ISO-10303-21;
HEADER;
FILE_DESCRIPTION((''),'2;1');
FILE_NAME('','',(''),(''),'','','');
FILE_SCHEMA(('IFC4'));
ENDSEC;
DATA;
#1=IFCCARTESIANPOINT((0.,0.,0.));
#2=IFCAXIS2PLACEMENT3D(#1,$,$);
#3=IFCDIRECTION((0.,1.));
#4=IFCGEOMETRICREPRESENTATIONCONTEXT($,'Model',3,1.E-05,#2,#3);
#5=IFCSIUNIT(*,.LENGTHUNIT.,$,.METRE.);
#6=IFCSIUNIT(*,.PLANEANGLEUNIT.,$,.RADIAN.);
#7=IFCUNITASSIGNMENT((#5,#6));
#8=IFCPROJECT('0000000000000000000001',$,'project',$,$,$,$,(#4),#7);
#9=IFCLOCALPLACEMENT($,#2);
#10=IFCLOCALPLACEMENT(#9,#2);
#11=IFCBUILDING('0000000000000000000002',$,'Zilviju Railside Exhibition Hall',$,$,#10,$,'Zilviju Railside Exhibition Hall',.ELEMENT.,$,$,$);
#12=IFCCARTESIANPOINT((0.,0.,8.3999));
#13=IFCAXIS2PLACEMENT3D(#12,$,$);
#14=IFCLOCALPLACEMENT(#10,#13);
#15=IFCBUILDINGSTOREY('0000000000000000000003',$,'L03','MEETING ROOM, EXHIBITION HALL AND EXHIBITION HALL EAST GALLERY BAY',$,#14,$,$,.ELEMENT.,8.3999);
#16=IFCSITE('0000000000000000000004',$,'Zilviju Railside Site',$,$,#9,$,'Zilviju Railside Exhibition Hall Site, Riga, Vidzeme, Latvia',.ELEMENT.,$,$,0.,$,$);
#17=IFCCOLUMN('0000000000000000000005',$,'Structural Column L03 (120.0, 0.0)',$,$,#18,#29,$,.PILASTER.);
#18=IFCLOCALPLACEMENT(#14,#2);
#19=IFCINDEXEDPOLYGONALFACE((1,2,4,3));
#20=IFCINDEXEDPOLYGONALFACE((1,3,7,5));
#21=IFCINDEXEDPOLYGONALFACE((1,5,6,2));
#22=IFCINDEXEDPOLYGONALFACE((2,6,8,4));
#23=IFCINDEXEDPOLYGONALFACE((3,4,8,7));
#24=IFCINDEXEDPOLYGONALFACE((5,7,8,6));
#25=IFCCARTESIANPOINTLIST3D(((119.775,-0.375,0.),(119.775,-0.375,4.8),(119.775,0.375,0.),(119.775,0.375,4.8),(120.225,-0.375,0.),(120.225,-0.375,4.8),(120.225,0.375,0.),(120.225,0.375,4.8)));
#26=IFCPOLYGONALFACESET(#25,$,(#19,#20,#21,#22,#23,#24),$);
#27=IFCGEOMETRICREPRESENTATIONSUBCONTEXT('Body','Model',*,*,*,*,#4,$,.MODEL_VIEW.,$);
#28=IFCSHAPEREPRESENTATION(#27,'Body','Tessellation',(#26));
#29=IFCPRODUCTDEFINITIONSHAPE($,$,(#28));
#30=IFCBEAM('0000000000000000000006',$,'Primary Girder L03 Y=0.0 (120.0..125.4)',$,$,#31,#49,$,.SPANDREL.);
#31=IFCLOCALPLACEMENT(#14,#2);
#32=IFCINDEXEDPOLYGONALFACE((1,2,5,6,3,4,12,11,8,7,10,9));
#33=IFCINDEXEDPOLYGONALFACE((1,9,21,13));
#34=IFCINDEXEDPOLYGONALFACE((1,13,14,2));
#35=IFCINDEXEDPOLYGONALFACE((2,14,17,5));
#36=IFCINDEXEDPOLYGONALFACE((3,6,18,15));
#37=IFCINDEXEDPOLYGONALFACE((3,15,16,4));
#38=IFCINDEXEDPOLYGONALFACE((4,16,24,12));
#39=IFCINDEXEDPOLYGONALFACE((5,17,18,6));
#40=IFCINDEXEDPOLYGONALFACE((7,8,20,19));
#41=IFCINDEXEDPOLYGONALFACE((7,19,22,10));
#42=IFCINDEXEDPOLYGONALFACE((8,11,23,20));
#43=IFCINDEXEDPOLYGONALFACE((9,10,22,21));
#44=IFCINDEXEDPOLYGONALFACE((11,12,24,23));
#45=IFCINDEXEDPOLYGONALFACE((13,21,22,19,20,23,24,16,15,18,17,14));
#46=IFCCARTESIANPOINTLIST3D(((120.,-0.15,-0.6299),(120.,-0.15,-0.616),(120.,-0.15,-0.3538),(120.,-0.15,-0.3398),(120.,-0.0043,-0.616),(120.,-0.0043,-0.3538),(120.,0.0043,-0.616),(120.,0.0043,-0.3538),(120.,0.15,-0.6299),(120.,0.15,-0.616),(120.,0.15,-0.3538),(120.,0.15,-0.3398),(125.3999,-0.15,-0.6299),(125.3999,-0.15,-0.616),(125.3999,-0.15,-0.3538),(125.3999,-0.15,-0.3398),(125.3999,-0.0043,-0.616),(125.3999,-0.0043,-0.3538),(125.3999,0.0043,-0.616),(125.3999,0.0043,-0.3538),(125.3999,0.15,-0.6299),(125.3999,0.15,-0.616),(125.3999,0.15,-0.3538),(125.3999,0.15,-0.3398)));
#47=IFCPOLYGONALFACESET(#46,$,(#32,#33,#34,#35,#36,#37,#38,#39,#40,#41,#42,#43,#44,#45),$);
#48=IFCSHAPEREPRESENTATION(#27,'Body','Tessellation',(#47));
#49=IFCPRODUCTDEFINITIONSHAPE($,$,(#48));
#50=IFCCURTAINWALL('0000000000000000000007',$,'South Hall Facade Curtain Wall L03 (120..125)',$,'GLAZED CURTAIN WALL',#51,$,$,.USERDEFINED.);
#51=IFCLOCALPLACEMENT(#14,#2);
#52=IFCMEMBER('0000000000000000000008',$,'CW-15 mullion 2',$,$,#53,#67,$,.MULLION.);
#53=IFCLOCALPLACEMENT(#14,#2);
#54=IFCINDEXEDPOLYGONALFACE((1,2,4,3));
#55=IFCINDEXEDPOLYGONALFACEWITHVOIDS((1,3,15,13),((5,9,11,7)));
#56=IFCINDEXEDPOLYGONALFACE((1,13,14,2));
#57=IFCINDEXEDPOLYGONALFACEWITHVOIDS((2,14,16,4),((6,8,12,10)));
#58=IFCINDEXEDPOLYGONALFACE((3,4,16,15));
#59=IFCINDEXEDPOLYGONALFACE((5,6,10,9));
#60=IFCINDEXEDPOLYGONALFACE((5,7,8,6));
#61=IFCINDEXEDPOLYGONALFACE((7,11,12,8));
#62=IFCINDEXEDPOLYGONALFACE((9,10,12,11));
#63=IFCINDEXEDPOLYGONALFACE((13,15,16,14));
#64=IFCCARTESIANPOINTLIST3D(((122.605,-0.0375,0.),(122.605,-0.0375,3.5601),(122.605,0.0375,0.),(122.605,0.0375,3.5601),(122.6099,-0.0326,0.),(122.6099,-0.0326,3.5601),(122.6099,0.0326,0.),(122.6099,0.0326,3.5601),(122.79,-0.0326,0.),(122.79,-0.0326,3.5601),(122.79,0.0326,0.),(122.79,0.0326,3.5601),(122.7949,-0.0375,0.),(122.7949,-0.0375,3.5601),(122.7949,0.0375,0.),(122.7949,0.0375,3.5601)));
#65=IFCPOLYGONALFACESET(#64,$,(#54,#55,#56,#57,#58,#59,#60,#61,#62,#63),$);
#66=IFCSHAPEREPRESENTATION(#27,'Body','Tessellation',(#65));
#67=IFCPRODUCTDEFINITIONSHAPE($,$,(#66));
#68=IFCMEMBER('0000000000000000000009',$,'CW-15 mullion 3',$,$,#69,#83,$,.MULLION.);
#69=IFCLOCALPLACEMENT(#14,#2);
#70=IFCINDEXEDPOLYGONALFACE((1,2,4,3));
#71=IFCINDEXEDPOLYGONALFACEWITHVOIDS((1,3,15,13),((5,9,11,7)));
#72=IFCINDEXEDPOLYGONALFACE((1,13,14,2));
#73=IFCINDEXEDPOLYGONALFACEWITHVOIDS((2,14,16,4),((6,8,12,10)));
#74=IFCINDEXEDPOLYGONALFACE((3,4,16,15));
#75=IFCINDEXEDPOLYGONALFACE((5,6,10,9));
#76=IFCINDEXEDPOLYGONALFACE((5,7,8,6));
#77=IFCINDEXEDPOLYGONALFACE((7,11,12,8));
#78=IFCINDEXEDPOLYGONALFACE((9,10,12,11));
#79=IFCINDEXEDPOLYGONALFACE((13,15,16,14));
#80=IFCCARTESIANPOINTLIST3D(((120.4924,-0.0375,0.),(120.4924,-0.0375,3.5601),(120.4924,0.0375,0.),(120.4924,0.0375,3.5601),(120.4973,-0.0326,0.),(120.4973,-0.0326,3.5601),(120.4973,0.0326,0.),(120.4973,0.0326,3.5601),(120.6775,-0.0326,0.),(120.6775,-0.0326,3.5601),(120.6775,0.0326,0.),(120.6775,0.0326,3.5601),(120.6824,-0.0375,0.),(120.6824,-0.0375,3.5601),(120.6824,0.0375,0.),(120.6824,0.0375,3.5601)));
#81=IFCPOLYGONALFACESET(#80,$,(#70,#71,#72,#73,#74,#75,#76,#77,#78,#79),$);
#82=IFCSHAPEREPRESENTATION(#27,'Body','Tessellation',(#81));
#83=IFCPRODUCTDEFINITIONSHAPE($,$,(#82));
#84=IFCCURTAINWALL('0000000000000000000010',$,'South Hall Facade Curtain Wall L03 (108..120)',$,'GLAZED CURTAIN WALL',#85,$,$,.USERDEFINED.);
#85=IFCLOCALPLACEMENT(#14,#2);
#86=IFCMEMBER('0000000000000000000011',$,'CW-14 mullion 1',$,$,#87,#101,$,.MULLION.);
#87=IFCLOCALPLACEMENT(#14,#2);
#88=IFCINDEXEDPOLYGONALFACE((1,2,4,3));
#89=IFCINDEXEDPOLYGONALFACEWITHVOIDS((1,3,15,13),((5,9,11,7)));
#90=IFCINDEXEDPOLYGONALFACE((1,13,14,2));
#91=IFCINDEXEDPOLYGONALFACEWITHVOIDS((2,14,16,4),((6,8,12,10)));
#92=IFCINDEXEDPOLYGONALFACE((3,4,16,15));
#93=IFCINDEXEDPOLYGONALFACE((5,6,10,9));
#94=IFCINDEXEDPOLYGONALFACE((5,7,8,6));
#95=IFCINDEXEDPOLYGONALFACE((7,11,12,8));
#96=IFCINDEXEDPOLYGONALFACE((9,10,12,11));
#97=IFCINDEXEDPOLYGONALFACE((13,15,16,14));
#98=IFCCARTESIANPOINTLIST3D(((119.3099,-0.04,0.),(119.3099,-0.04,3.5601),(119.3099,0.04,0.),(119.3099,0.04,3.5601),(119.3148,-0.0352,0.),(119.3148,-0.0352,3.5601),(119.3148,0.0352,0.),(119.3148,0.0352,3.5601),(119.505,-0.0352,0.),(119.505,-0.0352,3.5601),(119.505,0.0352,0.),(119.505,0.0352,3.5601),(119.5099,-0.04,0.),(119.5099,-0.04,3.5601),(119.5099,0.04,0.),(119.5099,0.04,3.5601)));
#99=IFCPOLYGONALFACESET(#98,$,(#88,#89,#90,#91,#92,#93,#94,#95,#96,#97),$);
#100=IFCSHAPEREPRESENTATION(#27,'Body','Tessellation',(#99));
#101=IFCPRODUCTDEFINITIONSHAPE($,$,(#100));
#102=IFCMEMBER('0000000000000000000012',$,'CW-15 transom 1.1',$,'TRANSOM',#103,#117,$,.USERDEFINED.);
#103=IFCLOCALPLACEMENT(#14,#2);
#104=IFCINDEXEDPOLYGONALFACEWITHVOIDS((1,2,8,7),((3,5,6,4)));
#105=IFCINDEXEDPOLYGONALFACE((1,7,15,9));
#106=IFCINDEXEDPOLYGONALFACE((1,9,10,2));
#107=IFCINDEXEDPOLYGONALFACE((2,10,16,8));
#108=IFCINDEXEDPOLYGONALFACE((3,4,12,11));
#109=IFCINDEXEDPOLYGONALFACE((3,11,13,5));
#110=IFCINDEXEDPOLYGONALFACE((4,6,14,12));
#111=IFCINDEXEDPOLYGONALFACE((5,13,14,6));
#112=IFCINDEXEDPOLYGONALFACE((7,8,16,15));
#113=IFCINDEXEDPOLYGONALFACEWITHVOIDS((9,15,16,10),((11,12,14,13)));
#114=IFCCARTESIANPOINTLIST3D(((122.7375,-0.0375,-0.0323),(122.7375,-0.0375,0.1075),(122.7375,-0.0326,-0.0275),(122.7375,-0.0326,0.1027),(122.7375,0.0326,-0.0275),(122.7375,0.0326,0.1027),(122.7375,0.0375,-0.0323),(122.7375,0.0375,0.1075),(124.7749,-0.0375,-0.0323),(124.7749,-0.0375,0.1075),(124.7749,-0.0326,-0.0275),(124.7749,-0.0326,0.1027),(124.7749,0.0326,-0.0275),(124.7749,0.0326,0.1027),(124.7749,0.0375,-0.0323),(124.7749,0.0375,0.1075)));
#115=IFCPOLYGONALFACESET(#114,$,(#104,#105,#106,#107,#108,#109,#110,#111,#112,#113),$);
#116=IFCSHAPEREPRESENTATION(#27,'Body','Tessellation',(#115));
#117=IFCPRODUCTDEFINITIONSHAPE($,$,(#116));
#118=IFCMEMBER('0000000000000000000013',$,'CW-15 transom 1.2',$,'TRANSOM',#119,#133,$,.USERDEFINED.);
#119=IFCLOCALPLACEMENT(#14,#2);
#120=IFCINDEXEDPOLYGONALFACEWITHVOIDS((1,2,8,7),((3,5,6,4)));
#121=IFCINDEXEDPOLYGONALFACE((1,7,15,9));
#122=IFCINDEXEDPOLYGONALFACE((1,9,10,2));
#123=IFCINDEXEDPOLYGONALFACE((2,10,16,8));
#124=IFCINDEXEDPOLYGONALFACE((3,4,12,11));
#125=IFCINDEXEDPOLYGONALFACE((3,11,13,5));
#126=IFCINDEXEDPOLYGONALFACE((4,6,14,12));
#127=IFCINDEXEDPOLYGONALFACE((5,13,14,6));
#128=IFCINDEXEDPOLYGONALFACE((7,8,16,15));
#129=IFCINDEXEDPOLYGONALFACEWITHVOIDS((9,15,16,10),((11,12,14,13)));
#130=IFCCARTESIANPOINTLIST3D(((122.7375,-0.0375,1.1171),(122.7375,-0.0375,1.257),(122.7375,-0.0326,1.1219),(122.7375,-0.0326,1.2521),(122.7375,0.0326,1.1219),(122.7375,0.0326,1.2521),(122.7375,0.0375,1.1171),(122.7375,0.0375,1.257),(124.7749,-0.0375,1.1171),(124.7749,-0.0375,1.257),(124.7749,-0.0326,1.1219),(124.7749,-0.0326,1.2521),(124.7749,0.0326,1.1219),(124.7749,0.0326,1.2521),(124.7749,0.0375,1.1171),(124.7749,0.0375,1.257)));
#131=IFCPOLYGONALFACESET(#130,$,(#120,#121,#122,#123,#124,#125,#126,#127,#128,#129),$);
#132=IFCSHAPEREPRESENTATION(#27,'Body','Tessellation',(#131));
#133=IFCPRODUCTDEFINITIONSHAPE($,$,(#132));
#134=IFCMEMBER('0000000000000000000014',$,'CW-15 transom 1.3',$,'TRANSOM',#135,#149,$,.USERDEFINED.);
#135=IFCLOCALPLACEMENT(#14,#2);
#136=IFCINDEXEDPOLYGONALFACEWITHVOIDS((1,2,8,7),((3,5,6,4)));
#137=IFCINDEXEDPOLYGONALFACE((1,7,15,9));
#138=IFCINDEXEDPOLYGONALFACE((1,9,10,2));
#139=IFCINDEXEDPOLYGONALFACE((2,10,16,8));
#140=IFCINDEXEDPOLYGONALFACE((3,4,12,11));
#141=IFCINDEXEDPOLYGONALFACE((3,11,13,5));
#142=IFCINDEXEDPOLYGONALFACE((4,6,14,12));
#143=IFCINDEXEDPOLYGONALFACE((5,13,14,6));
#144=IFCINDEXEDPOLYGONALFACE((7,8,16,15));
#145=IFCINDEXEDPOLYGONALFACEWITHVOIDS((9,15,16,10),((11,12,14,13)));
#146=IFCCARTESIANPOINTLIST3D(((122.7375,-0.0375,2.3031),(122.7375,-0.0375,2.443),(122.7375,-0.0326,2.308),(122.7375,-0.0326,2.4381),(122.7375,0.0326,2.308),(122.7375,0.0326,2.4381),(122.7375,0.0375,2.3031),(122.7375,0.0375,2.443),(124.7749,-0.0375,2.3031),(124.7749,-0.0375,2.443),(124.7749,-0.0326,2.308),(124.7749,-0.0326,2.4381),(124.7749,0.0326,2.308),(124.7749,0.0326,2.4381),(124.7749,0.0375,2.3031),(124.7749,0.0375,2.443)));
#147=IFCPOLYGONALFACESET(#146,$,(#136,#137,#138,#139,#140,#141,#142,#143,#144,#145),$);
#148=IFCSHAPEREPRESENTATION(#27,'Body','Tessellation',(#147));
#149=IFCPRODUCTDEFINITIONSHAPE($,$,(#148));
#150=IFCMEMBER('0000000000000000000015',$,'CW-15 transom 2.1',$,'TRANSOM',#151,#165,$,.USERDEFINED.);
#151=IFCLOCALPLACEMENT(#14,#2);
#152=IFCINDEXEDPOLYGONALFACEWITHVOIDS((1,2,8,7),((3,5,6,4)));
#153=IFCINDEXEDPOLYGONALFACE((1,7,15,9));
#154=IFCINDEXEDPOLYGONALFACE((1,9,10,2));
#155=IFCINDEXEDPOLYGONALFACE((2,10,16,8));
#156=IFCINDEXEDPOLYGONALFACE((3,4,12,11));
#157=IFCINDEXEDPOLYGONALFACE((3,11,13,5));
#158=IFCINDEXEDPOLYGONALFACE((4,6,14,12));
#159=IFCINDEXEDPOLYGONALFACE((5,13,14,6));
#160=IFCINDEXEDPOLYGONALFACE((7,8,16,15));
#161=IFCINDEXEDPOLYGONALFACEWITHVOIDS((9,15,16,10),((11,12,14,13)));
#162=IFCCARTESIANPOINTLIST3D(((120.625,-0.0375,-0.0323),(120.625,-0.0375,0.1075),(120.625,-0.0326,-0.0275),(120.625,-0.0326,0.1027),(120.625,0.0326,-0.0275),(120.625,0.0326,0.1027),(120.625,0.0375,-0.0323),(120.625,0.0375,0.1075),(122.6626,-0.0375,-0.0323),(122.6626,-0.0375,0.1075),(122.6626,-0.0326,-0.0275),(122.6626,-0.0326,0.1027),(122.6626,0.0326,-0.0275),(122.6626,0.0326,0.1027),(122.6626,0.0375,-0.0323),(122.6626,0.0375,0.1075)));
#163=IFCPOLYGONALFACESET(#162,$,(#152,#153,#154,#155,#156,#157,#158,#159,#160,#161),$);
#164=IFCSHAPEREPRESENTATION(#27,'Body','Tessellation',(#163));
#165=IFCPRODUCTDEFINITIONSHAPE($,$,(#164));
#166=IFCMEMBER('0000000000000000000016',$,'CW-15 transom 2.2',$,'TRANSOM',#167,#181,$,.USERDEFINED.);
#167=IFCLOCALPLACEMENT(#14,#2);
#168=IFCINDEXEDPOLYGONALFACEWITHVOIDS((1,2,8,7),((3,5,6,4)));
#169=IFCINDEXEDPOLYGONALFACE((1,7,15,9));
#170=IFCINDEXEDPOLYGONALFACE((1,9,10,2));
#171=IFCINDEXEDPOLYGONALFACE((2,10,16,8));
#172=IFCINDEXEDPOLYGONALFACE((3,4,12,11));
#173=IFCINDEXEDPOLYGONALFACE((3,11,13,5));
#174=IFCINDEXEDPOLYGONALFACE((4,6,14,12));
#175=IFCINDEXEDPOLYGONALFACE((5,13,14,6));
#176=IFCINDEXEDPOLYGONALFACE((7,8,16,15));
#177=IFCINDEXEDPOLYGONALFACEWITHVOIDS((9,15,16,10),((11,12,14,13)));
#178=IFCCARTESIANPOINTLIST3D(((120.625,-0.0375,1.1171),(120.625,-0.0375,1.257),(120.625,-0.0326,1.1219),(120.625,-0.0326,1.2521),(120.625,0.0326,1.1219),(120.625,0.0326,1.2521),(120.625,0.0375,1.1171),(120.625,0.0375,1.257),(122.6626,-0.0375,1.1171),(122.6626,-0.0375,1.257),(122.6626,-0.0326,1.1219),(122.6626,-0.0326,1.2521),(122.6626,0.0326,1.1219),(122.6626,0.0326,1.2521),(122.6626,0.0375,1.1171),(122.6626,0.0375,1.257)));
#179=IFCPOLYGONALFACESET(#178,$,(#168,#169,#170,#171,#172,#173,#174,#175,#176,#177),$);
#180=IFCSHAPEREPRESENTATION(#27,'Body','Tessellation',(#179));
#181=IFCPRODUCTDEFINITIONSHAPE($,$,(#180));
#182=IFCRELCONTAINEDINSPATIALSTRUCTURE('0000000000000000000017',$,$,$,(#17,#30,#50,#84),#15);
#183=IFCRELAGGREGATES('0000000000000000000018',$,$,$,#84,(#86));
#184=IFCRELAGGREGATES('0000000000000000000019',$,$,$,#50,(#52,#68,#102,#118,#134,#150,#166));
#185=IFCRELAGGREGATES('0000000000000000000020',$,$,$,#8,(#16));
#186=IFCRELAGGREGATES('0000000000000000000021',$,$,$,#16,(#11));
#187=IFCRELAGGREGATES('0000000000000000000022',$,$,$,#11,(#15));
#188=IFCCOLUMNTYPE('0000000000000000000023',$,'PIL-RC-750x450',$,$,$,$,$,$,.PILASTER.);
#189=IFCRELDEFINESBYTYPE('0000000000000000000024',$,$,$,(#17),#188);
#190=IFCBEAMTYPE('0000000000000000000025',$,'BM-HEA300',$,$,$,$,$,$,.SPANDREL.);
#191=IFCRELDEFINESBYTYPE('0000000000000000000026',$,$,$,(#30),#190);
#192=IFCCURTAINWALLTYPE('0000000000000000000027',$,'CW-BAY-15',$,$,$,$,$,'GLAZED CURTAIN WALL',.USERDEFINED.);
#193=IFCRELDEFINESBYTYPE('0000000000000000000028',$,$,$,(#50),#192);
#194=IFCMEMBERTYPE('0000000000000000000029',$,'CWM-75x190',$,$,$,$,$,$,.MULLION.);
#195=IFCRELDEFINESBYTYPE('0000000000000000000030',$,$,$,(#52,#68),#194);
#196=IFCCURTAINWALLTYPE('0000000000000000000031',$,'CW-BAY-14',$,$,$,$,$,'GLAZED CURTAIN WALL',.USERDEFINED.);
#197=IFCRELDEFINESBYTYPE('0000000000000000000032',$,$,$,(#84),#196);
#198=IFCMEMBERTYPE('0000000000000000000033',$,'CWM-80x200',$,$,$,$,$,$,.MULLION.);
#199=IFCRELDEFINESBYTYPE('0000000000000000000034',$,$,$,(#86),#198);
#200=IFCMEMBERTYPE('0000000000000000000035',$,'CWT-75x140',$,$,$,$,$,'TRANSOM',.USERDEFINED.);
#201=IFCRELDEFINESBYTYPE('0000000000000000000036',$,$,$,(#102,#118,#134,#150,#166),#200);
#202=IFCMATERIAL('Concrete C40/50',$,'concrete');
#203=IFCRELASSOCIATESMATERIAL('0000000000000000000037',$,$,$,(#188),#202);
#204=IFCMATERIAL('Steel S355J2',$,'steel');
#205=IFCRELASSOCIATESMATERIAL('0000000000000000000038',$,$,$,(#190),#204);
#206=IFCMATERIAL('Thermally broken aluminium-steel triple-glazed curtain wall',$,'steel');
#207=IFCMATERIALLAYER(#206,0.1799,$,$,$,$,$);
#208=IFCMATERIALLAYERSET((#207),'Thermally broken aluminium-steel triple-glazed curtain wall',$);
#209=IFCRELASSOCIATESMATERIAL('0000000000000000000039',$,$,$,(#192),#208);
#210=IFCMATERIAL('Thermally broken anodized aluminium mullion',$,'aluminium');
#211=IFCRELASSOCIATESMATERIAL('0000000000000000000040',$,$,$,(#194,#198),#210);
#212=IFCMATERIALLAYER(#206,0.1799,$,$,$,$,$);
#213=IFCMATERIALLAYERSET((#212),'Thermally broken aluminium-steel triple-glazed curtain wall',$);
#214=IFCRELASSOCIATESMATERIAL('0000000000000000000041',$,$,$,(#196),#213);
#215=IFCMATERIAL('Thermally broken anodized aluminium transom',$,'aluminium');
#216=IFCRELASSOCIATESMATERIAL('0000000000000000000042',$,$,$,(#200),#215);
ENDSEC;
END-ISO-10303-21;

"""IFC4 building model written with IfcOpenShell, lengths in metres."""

from ifc_helpers import new_model, si_unit, direction, frame, origin, origin_2d, place, context, subcontext, project, spatial, rectangle, hollow_rectangle, i_section, extrude, material, layer, layer_set, material_profile, profile_set, type_object, element, aggregate, save


model = new_model("IFC4")

# Units and contexts
model_context = context("Model", 3, precision=1e-05, world=origin(), true_north=direction((0.0, 1.0)))
body_context = subcontext(model_context, "Body", "Model", "MODEL_VIEW")
ifc_project = project(units=[si_unit("LENGTHUNIT", "METRE"), si_unit("PLANEANGLEUNIT", "RADIAN")], contexts=[model_context])

# Site, building, storey
site_placement = place(None, origin())
site = spatial("IfcSite", under=ifc_project, at=site_placement, Name="Zilviju Railside Site", LongName="Zilviju Railside Exhibition Hall Site, Riga, Vidzeme, Latvia", CompositionType="ELEMENT", RefElevation=0.0)
building_placement = place(site_placement, origin())
building = spatial("IfcBuilding", under=site, at=building_placement, Name="Zilviju Railside Exhibition Hall", LongName="Zilviju Railside Exhibition Hall", CompositionType="ELEMENT")
storey_placement = place(building_placement, frame((0.0, 0.0, 8.3999)))
storey = spatial("IfcBuildingStorey", under=building, at=storey_placement, Name="L03", Description="MEETING ROOM, EXHIBITION HALL AND EXHIBITION HALL EAST GALLERY BAY", CompositionType="ELEMENT", Elevation=8.3999)

# Column
ifc_material_1 = material(Name="Concrete C40/50", Category="concrete")
ifc_material_profile_1 = material_profile(ifc_material_1, rectangle(XDim=0.45, YDim=0.75, at=origin_2d()), Name="RC COL 450x750")
ifc_profile_set_1 = profile_set([ifc_material_profile_1], Name="Concrete C40/50")
column_type = type_object("IfcColumnType", Name="PIL-RC-750x450", PredefinedType="PILASTER", material=ifc_profile_set_1)
column_placement = place(storey_placement, frame((120.0, 0.0, 0.0), z_axis=(0.0, 0.0, 1.0), x_axis=(1.0, 0.0, 0.0)))
element("IfcColumn", 1, at=column_placement, inside=storey, type_object=column_type, Name="Structural Column L03 (120.0, 0.0)", PredefinedType="PILASTER", context=body_context, shape_type="SweptSolid", body=[
    extrude(rectangle(XDim=0.45, YDim=0.75, at=origin_2d()), origin(), (0.0, 0.0, 1.0), 4.8),
])

# Beam
ifc_material_2 = material(Name="Steel S355J2", Category="steel")
ifc_material_profile_2 = material_profile(ifc_material_2, i_section(OverallWidth=0.3, OverallDepth=0.29, WebThickness=0.0085, FlangeThickness=0.0139, at=origin_2d()), Name="HEA 300")
ifc_profile_set_2 = profile_set([ifc_material_profile_2], Name="Steel S355J2")
beam_type = type_object("IfcBeamType", Name="BM-HEA300", PredefinedType="SPANDREL", material=ifc_profile_set_2)
beam_placement = place(storey_placement, frame((120.0, 0.0, -0.4849), z_axis=(1.0, 0.0, 0.0), x_axis=(0.0, 1.0, 0.0)))
element("IfcBeam", 2, at=beam_placement, inside=storey, type_object=beam_type, Name="Primary Girder L03 Y=0.0 (120.0..125.4)", PredefinedType="SPANDREL", context=body_context, shape_type="SweptSolid", body=[
    extrude(i_section(OverallWidth=0.3, OverallDepth=0.29, WebThickness=0.0085, FlangeThickness=0.0139, at=origin_2d()), origin(), (0.0, 0.0, 1.0), 5.3999),
])

# Curtain wall, members
ifc_material_3 = material(Name="Thermally broken aluminium-steel triple-glazed curtain wall", Category="steel")
ifc_layer_1 = layer(ifc_material_3, 0.1799)
ifc_layer_set_1 = layer_set([ifc_layer_1], Name="Thermally broken aluminium-steel triple-glazed curtain wall")
curtain_wall_type_1 = type_object("IfcCurtainWallType", Name="CW-BAY-15", ElementType="GLAZED CURTAIN WALL", PredefinedType="USERDEFINED", material=ifc_layer_set_1)
curtain_wall_1_placement = place(storey_placement, origin())
curtain_wall_1 = element("IfcCurtainWall", 3, at=curtain_wall_1_placement, inside=storey, type_object=curtain_wall_type_1, Name="South Hall Facade Curtain Wall L03 (120..125)", ObjectType="GLAZED CURTAIN WALL", PredefinedType="USERDEFINED")
ifc_material_4 = material(Name="Thermally broken anodized aluminium mullion", Category="aluminium")
ifc_material_profile_3 = material_profile(ifc_material_4, hollow_rectangle(XDim=0.075, YDim=0.1899, WallThickness=0.0049, at=origin_2d()), Name="MULLION 190x75x5")
ifc_profile_set_3 = profile_set([ifc_material_profile_3], Name="Thermally broken anodized aluminium mullion")
member_type_1 = type_object("IfcMemberType", Name="CWM-75x190", PredefinedType="MULLION", material=ifc_profile_set_3)
member_1_placement = place(storey_placement, frame((122.7, 0.0, 0.0), z_axis=(0.0, 0.0, 1.0), x_axis=(0.0, -1.0, 0.0)))
member_1 = element("IfcMember", 4, at=member_1_placement, type_object=member_type_1, Name="CW-15 mullion 2", PredefinedType="MULLION", context=body_context, shape_type="SweptSolid", body=[
    extrude(hollow_rectangle(XDim=0.075, YDim=0.1899, WallThickness=0.0049, at=origin_2d()), origin(), (0.0, 0.0, 1.0), 3.5601),
])
member_2_placement = place(storey_placement, frame((120.5874, 0.0, 0.0), z_axis=(0.0, 0.0, 1.0), x_axis=(0.0, -1.0, 0.0)))
member_2 = element("IfcMember", 5, at=member_2_placement, type_object=member_type_1, Name="CW-15 mullion 3", PredefinedType="MULLION", context=body_context, shape_type="SweptSolid", body=[
    extrude(hollow_rectangle(XDim=0.075, YDim=0.1899, WallThickness=0.0049, at=origin_2d()), origin(), (0.0, 0.0, 1.0), 3.5601),
])

# Curtain wall, member
ifc_layer_2 = layer(ifc_material_3, 0.1799)
ifc_layer_set_2 = layer_set([ifc_layer_2], Name="Thermally broken aluminium-steel triple-glazed curtain wall")
curtain_wall_type_2 = type_object("IfcCurtainWallType", Name="CW-BAY-14", ElementType="GLAZED CURTAIN WALL", PredefinedType="USERDEFINED", material=ifc_layer_set_2)
curtain_wall_2_placement = place(storey_placement, origin())
curtain_wall_2 = element("IfcCurtainWall", 6, at=curtain_wall_2_placement, inside=storey, type_object=curtain_wall_type_2, Name="South Hall Facade Curtain Wall L03 (108..120)", ObjectType="GLAZED CURTAIN WALL", PredefinedType="USERDEFINED")
ifc_material_profile_4 = material_profile(ifc_material_4, hollow_rectangle(XDim=0.0801, YDim=0.2, WallThickness=0.0049, at=origin_2d()), Name="MULLION 200x80x5")
ifc_profile_set_4 = profile_set([ifc_material_profile_4], Name="Thermally broken anodized aluminium mullion")
member_type_2 = type_object("IfcMemberType", Name="CWM-80x200", PredefinedType="MULLION", material=ifc_profile_set_4)
member_3_placement = place(storey_placement, frame((119.4099, 0.0, 0.0), z_axis=(0.0, 0.0, 1.0), x_axis=(0.0, -1.0, 0.0)))
member_3 = element("IfcMember", 7, at=member_3_placement, type_object=member_type_2, Name="CW-14 mullion 1", PredefinedType="MULLION", context=body_context, shape_type="SweptSolid", body=[
    extrude(hollow_rectangle(XDim=0.0801, YDim=0.2, WallThickness=0.0049, at=origin_2d()), origin(), (0.0, 0.0, 1.0), 3.5601),
])

# Members
ifc_material_5 = material(Name="Thermally broken anodized aluminium transom", Category="aluminium")
ifc_material_profile_5 = material_profile(ifc_material_5, hollow_rectangle(XDim=0.075, YDim=0.1399, WallThickness=0.0049, at=origin_2d()), Name="TRANSOM 140x75x5")
ifc_profile_set_5 = profile_set([ifc_material_profile_5], Name="Thermally broken anodized aluminium transom")
member_type_3 = type_object("IfcMemberType", Name="CWT-75x140", ElementType="TRANSOM", PredefinedType="USERDEFINED", material=ifc_profile_set_5)
member_4_placement = place(storey_placement, frame((124.7749, 0.0, 0.0376), z_axis=(-1.0, 0.0, 0.0), x_axis=(0.0, -1.0, 0.0)))
member_4 = element("IfcMember", 8, at=member_4_placement, type_object=member_type_3, Name="CW-15 transom 1.1", ObjectType="TRANSOM", PredefinedType="USERDEFINED", context=body_context, shape_type="SweptSolid", body=[
    extrude(hollow_rectangle(XDim=0.075, YDim=0.1399, WallThickness=0.0049, at=origin_2d()), origin(), (0.0, 0.0, 1.0), 2.0374),
])
member_5_placement = place(storey_placement, frame((124.7749, 0.0, 1.187), z_axis=(-1.0, 0.0, 0.0), x_axis=(0.0, -1.0, 0.0)))
member_5 = element("IfcMember", 9, at=member_5_placement, type_object=member_type_3, Name="CW-15 transom 1.2", ObjectType="TRANSOM", PredefinedType="USERDEFINED", context=body_context, shape_type="SweptSolid", body=[
    extrude(hollow_rectangle(XDim=0.075, YDim=0.1399, WallThickness=0.0049, at=origin_2d()), origin(), (0.0, 0.0, 1.0), 2.0374),
])
member_6_placement = place(storey_placement, frame((124.7749, 0.0, 2.373), z_axis=(-1.0, 0.0, 0.0), x_axis=(0.0, -1.0, 0.0)))
member_6 = element("IfcMember", 10, at=member_6_placement, type_object=member_type_3, Name="CW-15 transom 1.3", ObjectType="TRANSOM", PredefinedType="USERDEFINED", context=body_context, shape_type="SweptSolid", body=[
    extrude(hollow_rectangle(XDim=0.075, YDim=0.1399, WallThickness=0.0049, at=origin_2d()), origin(), (0.0, 0.0, 1.0), 2.0374),
])
member_7_placement = place(storey_placement, frame((122.6626, 0.0, 0.0376), z_axis=(-1.0, 0.0, 0.0), x_axis=(0.0, -1.0, 0.0)))
member_7 = element("IfcMember", 11, at=member_7_placement, type_object=member_type_3, Name="CW-15 transom 2.1", ObjectType="TRANSOM", PredefinedType="USERDEFINED", context=body_context, shape_type="SweptSolid", body=[
    extrude(hollow_rectangle(XDim=0.075, YDim=0.1399, WallThickness=0.0049, at=origin_2d()), origin(), (0.0, 0.0, 1.0), 2.0376),
])
member_8_placement = place(storey_placement, frame((122.6626, 0.0, 1.187), z_axis=(-1.0, 0.0, 0.0), x_axis=(0.0, -1.0, 0.0)))
member_8 = element("IfcMember", 12, at=member_8_placement, type_object=member_type_3, Name="CW-15 transom 2.2", ObjectType="TRANSOM", PredefinedType="USERDEFINED", context=body_context, shape_type="SweptSolid", body=[
    extrude(hollow_rectangle(XDim=0.075, YDim=0.1399, WallThickness=0.0049, at=origin_2d()), origin(), (0.0, 0.0, 1.0), 2.0376),
])
aggregate(curtain_wall_2, [member_3])

aggregate(curtain_wall_1, [member_1, member_2, member_4, member_5, member_6, member_7, member_8])

save(model, "model.ifc")
